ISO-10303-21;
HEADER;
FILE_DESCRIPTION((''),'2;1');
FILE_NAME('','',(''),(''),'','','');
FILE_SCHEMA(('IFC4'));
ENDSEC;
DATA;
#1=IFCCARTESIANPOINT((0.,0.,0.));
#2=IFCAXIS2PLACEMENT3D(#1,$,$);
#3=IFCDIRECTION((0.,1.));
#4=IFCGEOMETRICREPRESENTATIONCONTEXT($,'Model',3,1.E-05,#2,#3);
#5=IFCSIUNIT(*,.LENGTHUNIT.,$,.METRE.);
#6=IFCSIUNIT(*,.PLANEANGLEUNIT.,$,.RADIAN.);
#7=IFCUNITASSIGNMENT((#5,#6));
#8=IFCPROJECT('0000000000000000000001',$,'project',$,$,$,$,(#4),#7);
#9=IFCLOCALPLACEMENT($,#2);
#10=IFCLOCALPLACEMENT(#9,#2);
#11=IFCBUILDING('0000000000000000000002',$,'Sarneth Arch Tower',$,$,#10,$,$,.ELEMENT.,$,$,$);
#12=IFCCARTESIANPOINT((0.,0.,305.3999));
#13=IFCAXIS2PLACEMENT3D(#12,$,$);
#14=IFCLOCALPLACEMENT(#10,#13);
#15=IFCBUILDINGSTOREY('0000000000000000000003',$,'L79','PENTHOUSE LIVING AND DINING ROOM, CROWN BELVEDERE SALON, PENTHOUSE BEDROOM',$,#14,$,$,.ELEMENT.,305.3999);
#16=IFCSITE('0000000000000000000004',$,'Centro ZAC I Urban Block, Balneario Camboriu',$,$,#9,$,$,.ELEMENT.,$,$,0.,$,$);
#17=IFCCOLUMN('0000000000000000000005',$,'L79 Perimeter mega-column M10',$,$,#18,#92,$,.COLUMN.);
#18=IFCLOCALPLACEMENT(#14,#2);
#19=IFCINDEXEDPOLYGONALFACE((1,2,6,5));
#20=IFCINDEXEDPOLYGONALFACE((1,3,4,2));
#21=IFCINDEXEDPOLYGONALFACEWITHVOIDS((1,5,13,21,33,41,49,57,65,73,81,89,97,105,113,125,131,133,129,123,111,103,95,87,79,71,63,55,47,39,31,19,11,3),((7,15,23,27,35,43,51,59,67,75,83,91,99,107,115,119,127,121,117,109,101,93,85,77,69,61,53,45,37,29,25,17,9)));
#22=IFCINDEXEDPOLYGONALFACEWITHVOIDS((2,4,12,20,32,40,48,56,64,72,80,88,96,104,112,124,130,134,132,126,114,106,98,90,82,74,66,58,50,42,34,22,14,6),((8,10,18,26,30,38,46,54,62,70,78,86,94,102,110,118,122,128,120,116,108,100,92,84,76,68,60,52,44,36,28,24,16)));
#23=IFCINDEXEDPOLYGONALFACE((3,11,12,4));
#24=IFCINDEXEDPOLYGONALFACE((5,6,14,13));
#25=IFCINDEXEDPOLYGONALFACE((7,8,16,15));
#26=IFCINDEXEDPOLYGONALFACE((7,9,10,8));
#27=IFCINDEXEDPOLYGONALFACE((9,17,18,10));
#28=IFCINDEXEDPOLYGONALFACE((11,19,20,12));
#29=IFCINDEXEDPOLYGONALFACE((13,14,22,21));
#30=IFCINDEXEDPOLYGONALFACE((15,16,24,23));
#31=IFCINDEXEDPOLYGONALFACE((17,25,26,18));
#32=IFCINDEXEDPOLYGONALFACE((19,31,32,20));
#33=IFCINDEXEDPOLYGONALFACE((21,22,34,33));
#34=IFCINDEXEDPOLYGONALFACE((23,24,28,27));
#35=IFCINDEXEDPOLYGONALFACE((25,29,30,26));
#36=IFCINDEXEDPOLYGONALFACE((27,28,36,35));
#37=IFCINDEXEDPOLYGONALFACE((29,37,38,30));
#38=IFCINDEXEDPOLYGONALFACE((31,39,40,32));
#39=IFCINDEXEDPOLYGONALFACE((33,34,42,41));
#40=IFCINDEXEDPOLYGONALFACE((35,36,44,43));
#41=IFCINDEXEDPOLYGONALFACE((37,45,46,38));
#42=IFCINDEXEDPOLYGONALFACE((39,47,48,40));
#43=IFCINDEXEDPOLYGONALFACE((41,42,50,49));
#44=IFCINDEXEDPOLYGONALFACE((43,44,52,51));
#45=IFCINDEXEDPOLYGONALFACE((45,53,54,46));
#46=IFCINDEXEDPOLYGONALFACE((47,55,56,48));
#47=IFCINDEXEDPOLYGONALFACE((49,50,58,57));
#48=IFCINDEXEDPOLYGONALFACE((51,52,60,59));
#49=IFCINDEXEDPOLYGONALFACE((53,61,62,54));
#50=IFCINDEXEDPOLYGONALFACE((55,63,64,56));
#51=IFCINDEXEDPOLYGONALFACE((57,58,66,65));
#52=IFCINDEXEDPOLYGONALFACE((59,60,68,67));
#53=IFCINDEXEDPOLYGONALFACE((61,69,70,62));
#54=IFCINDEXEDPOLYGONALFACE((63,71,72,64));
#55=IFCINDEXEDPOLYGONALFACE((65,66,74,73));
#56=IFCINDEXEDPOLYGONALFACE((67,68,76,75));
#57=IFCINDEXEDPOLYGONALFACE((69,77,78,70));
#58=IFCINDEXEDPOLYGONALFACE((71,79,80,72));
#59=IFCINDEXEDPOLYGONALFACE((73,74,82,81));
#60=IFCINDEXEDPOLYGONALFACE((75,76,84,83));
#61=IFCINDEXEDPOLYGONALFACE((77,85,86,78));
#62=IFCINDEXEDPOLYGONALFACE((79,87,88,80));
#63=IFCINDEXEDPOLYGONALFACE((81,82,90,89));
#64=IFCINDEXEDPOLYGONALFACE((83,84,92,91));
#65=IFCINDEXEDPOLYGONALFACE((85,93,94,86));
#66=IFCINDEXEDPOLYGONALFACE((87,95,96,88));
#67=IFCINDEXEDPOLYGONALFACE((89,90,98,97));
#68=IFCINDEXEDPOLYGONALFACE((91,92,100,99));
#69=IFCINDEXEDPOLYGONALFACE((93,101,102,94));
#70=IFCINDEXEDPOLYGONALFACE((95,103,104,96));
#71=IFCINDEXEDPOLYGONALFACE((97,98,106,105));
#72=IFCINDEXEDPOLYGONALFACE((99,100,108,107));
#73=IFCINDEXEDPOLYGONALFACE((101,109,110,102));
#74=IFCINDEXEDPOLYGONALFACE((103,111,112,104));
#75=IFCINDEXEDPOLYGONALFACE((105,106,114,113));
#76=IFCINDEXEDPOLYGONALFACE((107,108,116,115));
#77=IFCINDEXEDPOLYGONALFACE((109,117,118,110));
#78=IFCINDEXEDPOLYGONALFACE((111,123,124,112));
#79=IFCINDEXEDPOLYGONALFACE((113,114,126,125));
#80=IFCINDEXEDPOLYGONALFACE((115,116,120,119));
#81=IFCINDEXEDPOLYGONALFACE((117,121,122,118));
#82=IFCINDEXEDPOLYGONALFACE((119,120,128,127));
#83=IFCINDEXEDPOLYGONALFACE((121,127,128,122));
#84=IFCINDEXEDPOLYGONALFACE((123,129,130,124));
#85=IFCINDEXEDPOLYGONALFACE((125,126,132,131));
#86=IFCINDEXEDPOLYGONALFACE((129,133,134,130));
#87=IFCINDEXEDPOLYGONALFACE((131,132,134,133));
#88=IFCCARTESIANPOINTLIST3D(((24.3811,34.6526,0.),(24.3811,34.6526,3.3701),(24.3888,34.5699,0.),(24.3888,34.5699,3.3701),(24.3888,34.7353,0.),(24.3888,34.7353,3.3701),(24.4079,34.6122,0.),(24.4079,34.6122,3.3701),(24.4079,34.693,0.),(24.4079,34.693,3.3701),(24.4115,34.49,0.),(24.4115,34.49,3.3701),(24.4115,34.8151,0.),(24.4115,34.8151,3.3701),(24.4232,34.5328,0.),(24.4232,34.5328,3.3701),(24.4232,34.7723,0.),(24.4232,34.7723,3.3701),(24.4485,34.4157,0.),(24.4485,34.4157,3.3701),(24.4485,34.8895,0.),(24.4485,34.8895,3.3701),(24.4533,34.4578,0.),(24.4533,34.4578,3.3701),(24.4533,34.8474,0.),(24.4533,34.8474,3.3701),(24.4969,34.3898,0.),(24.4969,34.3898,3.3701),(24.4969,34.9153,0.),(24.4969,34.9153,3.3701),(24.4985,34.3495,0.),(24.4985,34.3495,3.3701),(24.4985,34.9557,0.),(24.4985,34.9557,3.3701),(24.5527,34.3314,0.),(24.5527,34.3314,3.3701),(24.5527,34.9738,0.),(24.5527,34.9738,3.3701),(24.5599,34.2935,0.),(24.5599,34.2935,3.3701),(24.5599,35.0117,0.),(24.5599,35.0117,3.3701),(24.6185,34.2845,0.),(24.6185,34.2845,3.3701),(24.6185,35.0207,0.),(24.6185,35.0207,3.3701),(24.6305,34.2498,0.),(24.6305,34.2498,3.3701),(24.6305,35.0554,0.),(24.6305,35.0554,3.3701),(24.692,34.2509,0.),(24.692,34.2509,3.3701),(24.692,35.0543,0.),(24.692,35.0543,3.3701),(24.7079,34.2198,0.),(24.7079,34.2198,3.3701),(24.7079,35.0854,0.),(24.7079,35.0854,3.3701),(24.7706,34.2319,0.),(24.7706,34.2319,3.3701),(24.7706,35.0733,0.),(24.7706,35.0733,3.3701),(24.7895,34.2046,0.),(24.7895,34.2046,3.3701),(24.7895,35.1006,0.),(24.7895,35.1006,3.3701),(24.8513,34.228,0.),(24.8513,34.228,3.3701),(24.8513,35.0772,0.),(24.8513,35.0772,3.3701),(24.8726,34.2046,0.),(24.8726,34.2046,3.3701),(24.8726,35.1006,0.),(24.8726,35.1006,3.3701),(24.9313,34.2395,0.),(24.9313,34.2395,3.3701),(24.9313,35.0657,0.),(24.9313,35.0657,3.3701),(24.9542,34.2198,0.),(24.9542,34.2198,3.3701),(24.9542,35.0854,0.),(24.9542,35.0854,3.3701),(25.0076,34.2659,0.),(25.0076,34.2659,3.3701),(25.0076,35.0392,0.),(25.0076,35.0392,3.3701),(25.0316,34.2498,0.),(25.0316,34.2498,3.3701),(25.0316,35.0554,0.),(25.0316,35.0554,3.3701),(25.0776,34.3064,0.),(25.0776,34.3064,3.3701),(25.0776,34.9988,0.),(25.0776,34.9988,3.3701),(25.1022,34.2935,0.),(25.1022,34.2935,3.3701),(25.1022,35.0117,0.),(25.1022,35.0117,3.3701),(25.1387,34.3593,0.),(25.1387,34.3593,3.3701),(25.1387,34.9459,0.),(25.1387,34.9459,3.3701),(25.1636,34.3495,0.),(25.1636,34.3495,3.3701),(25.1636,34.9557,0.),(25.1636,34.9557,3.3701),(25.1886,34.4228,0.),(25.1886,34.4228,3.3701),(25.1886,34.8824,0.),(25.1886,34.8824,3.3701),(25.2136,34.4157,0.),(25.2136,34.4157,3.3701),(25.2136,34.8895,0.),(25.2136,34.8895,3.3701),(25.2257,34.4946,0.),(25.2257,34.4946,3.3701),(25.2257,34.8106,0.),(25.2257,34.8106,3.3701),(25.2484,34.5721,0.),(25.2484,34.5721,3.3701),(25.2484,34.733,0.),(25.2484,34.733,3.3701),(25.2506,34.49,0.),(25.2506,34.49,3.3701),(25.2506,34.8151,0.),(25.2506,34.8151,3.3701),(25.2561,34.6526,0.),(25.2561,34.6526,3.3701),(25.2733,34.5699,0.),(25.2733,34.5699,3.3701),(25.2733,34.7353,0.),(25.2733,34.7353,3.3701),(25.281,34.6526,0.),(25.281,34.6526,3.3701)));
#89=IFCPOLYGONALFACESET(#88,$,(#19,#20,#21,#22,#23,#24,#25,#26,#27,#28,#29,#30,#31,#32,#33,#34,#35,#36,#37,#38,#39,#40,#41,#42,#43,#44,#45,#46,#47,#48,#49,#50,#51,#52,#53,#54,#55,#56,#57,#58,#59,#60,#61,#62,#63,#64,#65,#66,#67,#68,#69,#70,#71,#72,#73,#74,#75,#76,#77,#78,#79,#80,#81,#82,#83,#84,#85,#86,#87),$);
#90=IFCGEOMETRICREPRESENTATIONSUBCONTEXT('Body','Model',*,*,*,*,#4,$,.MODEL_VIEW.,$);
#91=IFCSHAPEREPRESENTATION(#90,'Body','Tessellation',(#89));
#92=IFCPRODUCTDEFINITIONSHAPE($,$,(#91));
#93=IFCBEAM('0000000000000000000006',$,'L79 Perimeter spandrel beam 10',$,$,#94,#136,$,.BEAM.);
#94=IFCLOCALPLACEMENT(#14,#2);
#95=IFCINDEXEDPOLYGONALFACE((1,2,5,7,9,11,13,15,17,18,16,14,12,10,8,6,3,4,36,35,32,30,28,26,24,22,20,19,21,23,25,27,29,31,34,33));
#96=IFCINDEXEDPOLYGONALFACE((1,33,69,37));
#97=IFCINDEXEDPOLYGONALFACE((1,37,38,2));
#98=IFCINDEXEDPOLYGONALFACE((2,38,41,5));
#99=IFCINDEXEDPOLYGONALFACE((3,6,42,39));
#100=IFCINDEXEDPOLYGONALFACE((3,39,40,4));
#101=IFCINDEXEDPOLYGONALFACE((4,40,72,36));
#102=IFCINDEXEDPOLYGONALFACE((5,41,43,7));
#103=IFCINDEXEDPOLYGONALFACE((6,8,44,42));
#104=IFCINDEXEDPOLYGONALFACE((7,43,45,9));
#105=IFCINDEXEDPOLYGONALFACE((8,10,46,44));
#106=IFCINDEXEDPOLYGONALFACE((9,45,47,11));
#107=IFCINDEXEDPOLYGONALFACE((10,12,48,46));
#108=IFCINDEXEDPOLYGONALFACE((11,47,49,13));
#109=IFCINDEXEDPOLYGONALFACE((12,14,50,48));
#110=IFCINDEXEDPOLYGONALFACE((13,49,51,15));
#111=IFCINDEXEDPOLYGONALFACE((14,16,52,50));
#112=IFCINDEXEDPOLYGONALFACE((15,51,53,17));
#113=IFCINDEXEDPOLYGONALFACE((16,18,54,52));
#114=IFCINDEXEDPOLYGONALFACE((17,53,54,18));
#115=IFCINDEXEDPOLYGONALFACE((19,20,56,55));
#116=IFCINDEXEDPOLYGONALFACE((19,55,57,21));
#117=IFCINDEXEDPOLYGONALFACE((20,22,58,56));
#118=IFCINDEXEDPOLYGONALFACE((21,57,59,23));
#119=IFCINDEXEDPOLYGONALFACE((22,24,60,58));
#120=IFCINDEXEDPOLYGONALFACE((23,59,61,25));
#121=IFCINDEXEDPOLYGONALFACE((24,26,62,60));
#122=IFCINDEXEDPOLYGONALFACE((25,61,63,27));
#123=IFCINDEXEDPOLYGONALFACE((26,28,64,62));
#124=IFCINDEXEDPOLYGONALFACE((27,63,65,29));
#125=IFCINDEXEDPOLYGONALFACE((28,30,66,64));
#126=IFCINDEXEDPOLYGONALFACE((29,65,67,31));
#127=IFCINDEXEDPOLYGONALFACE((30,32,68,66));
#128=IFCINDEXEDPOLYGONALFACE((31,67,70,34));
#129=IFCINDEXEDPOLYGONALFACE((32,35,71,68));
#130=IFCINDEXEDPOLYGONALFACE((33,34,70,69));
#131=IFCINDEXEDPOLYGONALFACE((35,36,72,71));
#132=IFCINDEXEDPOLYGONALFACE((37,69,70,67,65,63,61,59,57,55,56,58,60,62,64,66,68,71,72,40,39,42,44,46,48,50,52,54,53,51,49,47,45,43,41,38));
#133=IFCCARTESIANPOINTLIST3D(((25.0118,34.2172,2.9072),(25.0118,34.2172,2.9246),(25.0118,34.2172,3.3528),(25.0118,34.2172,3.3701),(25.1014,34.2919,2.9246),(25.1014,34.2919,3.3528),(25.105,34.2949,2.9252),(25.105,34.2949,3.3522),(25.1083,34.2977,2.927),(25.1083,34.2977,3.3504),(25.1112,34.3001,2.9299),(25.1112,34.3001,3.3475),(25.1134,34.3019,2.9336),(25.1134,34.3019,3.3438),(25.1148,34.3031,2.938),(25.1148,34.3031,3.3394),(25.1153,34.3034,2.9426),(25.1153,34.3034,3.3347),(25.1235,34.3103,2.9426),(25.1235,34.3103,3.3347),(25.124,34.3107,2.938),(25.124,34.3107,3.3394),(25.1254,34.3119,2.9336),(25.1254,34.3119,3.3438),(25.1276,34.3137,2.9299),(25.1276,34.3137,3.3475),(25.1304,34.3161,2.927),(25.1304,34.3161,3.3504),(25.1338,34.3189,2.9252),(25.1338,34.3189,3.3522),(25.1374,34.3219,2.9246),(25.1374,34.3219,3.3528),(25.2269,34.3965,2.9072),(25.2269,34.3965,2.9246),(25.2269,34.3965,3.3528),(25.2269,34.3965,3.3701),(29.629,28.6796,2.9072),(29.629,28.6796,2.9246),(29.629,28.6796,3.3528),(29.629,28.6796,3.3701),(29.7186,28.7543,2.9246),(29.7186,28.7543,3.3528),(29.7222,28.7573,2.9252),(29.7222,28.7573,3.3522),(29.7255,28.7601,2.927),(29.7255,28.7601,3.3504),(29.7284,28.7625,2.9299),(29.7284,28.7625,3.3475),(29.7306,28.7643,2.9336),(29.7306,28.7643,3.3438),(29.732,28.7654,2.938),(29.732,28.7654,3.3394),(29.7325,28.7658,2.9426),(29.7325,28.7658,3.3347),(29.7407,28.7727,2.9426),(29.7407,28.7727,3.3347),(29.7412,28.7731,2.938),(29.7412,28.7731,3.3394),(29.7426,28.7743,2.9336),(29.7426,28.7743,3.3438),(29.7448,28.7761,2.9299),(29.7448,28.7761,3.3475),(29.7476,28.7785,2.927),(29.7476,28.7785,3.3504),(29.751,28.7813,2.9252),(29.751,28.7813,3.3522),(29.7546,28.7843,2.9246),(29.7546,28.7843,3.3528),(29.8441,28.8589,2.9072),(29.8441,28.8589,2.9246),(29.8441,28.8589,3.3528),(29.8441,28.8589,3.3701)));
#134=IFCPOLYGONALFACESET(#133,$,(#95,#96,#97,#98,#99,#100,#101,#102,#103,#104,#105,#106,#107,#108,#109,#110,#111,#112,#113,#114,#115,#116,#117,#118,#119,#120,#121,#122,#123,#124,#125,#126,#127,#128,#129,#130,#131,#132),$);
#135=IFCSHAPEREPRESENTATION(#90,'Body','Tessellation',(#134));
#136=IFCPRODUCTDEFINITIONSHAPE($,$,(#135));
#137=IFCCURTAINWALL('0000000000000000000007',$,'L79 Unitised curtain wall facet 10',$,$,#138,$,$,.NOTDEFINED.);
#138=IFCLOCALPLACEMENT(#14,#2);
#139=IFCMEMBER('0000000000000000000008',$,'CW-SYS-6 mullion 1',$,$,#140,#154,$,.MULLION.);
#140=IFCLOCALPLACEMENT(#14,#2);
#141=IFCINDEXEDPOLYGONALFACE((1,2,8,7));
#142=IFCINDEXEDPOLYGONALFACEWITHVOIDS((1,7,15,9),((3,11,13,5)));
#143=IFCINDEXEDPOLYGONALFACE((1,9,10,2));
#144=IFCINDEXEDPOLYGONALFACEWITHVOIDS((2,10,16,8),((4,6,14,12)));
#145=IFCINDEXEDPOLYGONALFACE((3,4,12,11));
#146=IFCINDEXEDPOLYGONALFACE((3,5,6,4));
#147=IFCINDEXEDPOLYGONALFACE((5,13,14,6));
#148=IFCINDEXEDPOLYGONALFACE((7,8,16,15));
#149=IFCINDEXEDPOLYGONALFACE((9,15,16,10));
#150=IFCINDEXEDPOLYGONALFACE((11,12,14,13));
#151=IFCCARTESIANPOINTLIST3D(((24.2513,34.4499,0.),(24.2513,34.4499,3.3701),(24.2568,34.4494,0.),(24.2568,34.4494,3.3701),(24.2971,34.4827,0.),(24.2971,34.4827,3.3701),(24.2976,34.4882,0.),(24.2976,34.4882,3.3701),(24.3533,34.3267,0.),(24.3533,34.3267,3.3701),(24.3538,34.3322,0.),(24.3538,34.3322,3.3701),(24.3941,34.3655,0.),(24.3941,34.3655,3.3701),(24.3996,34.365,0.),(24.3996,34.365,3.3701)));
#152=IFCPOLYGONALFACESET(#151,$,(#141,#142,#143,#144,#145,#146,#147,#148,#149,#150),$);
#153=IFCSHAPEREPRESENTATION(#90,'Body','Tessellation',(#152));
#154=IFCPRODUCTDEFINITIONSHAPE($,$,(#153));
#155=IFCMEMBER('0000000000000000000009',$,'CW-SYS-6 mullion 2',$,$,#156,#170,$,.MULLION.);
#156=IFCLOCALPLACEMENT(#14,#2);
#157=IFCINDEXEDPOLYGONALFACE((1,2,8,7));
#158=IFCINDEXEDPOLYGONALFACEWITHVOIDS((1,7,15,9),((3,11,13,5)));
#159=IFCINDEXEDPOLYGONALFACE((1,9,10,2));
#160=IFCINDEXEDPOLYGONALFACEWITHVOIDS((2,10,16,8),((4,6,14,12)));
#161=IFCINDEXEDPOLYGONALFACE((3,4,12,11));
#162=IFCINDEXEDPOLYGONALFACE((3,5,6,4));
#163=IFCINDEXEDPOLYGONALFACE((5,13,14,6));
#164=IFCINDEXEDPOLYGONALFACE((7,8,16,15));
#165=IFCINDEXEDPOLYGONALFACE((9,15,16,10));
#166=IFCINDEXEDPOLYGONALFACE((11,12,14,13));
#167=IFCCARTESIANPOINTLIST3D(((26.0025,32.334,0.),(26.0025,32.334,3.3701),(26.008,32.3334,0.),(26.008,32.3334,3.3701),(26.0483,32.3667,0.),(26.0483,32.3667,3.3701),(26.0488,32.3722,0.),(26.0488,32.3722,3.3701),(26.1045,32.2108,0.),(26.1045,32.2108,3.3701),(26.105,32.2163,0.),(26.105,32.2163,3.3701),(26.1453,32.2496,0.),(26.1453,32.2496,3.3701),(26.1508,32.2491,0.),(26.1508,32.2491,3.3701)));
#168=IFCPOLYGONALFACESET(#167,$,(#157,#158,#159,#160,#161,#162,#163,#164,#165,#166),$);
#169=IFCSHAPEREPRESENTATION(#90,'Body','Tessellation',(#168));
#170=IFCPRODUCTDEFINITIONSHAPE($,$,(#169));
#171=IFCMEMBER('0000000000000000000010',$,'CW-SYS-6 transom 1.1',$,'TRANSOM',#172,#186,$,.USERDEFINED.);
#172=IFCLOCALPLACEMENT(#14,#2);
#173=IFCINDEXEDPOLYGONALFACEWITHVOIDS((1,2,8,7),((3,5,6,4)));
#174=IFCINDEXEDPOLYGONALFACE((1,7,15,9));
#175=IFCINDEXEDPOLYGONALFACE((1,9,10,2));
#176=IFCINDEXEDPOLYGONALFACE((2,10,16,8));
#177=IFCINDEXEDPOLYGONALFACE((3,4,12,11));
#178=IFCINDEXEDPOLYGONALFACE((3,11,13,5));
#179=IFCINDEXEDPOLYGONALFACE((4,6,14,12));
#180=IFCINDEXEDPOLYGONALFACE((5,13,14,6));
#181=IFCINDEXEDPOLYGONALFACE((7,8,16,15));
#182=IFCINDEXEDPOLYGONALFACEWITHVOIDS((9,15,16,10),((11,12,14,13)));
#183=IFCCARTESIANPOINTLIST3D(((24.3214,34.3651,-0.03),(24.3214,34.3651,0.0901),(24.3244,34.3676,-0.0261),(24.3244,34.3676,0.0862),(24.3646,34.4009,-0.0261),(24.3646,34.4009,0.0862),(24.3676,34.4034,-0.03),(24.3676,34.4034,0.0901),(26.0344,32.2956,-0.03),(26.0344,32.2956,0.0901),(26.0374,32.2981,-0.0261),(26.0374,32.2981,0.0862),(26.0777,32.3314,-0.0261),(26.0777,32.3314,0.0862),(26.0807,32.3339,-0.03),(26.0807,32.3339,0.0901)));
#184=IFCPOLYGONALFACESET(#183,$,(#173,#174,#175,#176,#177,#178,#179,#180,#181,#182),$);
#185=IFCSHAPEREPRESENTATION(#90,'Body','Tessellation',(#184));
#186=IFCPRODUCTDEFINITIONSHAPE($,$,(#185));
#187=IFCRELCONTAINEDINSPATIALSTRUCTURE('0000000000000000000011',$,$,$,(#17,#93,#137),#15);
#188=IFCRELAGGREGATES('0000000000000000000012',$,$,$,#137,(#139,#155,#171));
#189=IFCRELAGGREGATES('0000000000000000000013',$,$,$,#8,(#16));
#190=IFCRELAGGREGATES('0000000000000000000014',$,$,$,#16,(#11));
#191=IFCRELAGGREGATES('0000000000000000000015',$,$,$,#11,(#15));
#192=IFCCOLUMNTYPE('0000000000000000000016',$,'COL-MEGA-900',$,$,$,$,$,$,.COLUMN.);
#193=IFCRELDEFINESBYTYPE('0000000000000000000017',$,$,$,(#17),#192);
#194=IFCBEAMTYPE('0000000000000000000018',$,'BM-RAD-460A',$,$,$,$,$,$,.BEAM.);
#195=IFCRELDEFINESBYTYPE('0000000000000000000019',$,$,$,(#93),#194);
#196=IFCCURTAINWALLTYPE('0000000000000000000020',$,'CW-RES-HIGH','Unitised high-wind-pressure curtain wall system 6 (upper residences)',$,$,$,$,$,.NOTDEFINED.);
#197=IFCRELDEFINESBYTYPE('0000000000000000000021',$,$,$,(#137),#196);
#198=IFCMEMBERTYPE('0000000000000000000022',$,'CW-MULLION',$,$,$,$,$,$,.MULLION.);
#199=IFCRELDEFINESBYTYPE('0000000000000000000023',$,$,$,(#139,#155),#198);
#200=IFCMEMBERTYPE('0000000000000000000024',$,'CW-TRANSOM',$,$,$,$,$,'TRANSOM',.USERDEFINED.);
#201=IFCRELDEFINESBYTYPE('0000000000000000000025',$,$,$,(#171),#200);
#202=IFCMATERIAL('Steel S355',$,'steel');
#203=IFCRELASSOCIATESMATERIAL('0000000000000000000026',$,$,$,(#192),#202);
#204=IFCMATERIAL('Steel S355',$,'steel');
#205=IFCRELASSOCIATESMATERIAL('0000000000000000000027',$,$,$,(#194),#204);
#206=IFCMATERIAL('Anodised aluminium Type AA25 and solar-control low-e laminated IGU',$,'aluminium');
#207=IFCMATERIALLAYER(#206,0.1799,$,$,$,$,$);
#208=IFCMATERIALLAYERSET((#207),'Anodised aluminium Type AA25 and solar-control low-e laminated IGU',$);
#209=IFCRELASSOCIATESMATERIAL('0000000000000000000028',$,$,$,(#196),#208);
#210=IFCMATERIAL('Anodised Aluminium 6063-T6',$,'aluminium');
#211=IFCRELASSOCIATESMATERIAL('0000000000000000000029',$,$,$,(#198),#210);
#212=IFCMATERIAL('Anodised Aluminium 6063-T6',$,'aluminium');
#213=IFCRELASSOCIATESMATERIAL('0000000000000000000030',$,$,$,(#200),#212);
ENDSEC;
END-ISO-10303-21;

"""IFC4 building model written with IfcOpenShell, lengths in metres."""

from ifc_helpers import new_model, si_unit, direction, frame, origin, origin_2d, place, context, subcontext, project, spatial, hollow_rectangle, hollow_circle, i_section, extrude, material, layer, layer_set, material_profile, profile_set, type_object, element, aggregate, save


model = new_model("IFC4")

# Units and contexts
model_context = context("Model", 3, precision=1e-05, world=origin(), true_north=direction((0.0, 1.0)))
body_context = subcontext(model_context, "Body", "Model", "MODEL_VIEW")
ifc_project = project(units=[si_unit("LENGTHUNIT", "METRE"), si_unit("PLANEANGLEUNIT", "RADIAN")], contexts=[model_context])

# Site, building, storey
site_placement = place(None, origin())
site = spatial("IfcSite", under=ifc_project, at=site_placement, Name="Centro ZAC I Urban Block, Balneario Camboriu", CompositionType="ELEMENT", RefElevation=0.0)
building_placement = place(site_placement, origin())
building = spatial("IfcBuilding", under=site, at=building_placement, Name="Sarneth Arch Tower", CompositionType="ELEMENT")
storey_placement = place(building_placement, frame((0.0, 0.0, 305.3999)))
storey = spatial("IfcBuildingStorey", under=building, at=storey_placement, Name="L79", Description="PENTHOUSE LIVING AND DINING ROOM, CROWN BELVEDERE SALON, PENTHOUSE BEDROOM", CompositionType="ELEMENT", Elevation=305.3999)

# Column
ifc_material_1 = material(Name="Steel S355", Category="steel")
ifc_material_profile_1 = material_profile(ifc_material_1, hollow_circle(Radius=0.45, WallThickness=0.0249, at=origin_2d()), Name="CHS900x25")
ifc_profile_set_1 = profile_set([ifc_material_profile_1], Name="Steel S355")
column_type = type_object("IfcColumnType", Name="COL-MEGA-900", PredefinedType="COLUMN", material=ifc_profile_set_1)
column_placement = place(storey_placement, frame((24.8311, 34.6526, 0.0), z_axis=(0.0, 0.0, 1.0), x_axis=(1.0, 0.0, 0.0)))
element("IfcColumn", 1, at=column_placement, inside=storey, type_object=column_type, Name="L79 Perimeter mega-column M10", PredefinedType="COLUMN", context=body_context, shape_type="SweptSolid", body=[
    extrude(hollow_circle(Radius=0.45, WallThickness=0.0249, at=origin_2d()), origin(), (0.0, 0.0, 1.0), 3.3701),
])

# Beam
ifc_material_2 = material(Name="Steel S355", Category="steel")
ifc_material_profile_2 = material_profile(ifc_material_2, i_section(OverallWidth=0.28, OverallDepth=0.4629, WebThickness=0.0107, FlangeThickness=0.0173, FilletRadius=0.0181, at=origin_2d()), Name="W460x113")
ifc_profile_set_2 = profile_set([ifc_material_profile_2], Name="Steel S355")
beam_type = type_object("IfcBeamType", Name="BM-RAD-460A", PredefinedType="BEAM", material=ifc_profile_set_2)
beam_placement = place(storey_placement, frame((25.1194, 34.3069, 3.1387), z_axis=(0.640391, -0.768049, 0.0), x_axis=(0.768049, 0.640391, 0.0)))
element("IfcBeam", 2, at=beam_placement, inside=storey, type_object=beam_type, Name="L79 Perimeter spandrel beam 10", PredefinedType="BEAM", context=body_context, shape_type="SweptSolid", body=[
    extrude(i_section(OverallWidth=0.28, OverallDepth=0.4629, WebThickness=0.0107, FlangeThickness=0.0173, FilletRadius=0.0181, at=origin_2d()), origin(), (0.0, 0.0, 1.0), 7.21),
])

# Curtain wall, members
ifc_material_3 = material(Name="Anodised aluminium Type AA25 and solar-control low-e laminated IGU", Category="aluminium")
ifc_layer_1 = layer(ifc_material_3, 0.1799)
ifc_layer_set_1 = layer_set([ifc_layer_1], Name="Anodised aluminium Type AA25 and solar-control low-e laminated IGU")
curtain_wall_type = type_object("IfcCurtainWallType", Name="CW-RES-HIGH", Description="Unitised high-wind-pressure curtain wall system 6 (upper residences)", PredefinedType="NOTDEFINED", material=ifc_layer_set_1)
curtain_wall_placement = place(storey_placement, origin())
curtain_wall = element("IfcCurtainWall", 3, at=curtain_wall_placement, inside=storey, type_object=curtain_wall_type, Name="L79 Unitised curtain wall facet 10", PredefinedType="NOTDEFINED")
ifc_material_4 = material(Name="Anodised Aluminium 6063-T6", Category="aluminium")
ifc_material_profile_3 = material_profile(ifc_material_4, hollow_rectangle(XDim=0.0601, YDim=0.1599, WallThickness=0.0039, at=origin_2d()), Name="AL-MULL-160x60x4")
ifc_profile_set_3 = profile_set([ifc_material_profile_3], Name="Anodised Aluminium 6063-T6")
member_type_1 = type_object("IfcMemberType", Name="CW-MULLION", PredefinedType="MULLION", material=ifc_profile_set_3)
member_1_placement = place(storey_placement, frame((24.3254, 34.4075, 0.0), z_axis=(0.0, 0.0, 1.0), x_axis=(0.770359, 0.63761, 0.0)))
member_1 = element("IfcMember", 4, at=member_1_placement, type_object=member_type_1, Name="CW-SYS-6 mullion 1", PredefinedType="MULLION", context=body_context, shape_type="SweptSolid", body=[
    extrude(hollow_rectangle(XDim=0.0601, YDim=0.1599, WallThickness=0.0039, at=origin_2d()), origin(), (0.0, 0.0, 1.0), 3.3701),
])
member_2_placement = place(storey_placement, frame((26.0767, 32.2915, 0.0), z_axis=(0.0, 0.0, 1.0), x_axis=(0.770359, 0.63761, 0.0)))
member_2 = element("IfcMember", 5, at=member_2_placement, type_object=member_type_1, Name="CW-SYS-6 mullion 2", PredefinedType="MULLION", context=body_context, shape_type="SweptSolid", body=[
    extrude(hollow_rectangle(XDim=0.0601, YDim=0.1599, WallThickness=0.0039, at=origin_2d()), origin(), (0.0, 0.0, 1.0), 3.3701),
])
ifc_material_5 = material(Name="Anodised Aluminium 6063-T6", Category="aluminium")
ifc_material_profile_4 = material_profile(ifc_material_5, hollow_rectangle(XDim=0.0601, YDim=0.1201, WallThickness=0.0039, at=origin_2d()), Name="AL-TRAN-120x60x4")
ifc_profile_set_4 = profile_set([ifc_material_profile_4], Name="Anodised Aluminium 6063-T6")
member_type_2 = type_object("IfcMemberType", Name="CW-TRANSOM", ElementType="TRANSOM", PredefinedType="USERDEFINED", material=ifc_profile_set_4)
member_3_placement = place(storey_placement, frame((24.3445, 34.3843, 0.03), z_axis=(0.637651, -0.770325, 0.0), x_axis=(0.770325, 0.637651, 0.0)))
member_3 = element("IfcMember", 6, at=member_3_placement, type_object=member_type_2, Name="CW-SYS-6 transom 1.1", ObjectType="TRANSOM", PredefinedType="USERDEFINED", context=body_context, shape_type="SweptSolid", body=[
    extrude(hollow_rectangle(XDim=0.0601, YDim=0.1201, WallThickness=0.0039, at=origin_2d()), origin(), (0.0, 0.0, 1.0), 2.6865),
])
aggregate(curtain_wall, [member_1, member_2, member_3])

save(model, "model.ifc")
